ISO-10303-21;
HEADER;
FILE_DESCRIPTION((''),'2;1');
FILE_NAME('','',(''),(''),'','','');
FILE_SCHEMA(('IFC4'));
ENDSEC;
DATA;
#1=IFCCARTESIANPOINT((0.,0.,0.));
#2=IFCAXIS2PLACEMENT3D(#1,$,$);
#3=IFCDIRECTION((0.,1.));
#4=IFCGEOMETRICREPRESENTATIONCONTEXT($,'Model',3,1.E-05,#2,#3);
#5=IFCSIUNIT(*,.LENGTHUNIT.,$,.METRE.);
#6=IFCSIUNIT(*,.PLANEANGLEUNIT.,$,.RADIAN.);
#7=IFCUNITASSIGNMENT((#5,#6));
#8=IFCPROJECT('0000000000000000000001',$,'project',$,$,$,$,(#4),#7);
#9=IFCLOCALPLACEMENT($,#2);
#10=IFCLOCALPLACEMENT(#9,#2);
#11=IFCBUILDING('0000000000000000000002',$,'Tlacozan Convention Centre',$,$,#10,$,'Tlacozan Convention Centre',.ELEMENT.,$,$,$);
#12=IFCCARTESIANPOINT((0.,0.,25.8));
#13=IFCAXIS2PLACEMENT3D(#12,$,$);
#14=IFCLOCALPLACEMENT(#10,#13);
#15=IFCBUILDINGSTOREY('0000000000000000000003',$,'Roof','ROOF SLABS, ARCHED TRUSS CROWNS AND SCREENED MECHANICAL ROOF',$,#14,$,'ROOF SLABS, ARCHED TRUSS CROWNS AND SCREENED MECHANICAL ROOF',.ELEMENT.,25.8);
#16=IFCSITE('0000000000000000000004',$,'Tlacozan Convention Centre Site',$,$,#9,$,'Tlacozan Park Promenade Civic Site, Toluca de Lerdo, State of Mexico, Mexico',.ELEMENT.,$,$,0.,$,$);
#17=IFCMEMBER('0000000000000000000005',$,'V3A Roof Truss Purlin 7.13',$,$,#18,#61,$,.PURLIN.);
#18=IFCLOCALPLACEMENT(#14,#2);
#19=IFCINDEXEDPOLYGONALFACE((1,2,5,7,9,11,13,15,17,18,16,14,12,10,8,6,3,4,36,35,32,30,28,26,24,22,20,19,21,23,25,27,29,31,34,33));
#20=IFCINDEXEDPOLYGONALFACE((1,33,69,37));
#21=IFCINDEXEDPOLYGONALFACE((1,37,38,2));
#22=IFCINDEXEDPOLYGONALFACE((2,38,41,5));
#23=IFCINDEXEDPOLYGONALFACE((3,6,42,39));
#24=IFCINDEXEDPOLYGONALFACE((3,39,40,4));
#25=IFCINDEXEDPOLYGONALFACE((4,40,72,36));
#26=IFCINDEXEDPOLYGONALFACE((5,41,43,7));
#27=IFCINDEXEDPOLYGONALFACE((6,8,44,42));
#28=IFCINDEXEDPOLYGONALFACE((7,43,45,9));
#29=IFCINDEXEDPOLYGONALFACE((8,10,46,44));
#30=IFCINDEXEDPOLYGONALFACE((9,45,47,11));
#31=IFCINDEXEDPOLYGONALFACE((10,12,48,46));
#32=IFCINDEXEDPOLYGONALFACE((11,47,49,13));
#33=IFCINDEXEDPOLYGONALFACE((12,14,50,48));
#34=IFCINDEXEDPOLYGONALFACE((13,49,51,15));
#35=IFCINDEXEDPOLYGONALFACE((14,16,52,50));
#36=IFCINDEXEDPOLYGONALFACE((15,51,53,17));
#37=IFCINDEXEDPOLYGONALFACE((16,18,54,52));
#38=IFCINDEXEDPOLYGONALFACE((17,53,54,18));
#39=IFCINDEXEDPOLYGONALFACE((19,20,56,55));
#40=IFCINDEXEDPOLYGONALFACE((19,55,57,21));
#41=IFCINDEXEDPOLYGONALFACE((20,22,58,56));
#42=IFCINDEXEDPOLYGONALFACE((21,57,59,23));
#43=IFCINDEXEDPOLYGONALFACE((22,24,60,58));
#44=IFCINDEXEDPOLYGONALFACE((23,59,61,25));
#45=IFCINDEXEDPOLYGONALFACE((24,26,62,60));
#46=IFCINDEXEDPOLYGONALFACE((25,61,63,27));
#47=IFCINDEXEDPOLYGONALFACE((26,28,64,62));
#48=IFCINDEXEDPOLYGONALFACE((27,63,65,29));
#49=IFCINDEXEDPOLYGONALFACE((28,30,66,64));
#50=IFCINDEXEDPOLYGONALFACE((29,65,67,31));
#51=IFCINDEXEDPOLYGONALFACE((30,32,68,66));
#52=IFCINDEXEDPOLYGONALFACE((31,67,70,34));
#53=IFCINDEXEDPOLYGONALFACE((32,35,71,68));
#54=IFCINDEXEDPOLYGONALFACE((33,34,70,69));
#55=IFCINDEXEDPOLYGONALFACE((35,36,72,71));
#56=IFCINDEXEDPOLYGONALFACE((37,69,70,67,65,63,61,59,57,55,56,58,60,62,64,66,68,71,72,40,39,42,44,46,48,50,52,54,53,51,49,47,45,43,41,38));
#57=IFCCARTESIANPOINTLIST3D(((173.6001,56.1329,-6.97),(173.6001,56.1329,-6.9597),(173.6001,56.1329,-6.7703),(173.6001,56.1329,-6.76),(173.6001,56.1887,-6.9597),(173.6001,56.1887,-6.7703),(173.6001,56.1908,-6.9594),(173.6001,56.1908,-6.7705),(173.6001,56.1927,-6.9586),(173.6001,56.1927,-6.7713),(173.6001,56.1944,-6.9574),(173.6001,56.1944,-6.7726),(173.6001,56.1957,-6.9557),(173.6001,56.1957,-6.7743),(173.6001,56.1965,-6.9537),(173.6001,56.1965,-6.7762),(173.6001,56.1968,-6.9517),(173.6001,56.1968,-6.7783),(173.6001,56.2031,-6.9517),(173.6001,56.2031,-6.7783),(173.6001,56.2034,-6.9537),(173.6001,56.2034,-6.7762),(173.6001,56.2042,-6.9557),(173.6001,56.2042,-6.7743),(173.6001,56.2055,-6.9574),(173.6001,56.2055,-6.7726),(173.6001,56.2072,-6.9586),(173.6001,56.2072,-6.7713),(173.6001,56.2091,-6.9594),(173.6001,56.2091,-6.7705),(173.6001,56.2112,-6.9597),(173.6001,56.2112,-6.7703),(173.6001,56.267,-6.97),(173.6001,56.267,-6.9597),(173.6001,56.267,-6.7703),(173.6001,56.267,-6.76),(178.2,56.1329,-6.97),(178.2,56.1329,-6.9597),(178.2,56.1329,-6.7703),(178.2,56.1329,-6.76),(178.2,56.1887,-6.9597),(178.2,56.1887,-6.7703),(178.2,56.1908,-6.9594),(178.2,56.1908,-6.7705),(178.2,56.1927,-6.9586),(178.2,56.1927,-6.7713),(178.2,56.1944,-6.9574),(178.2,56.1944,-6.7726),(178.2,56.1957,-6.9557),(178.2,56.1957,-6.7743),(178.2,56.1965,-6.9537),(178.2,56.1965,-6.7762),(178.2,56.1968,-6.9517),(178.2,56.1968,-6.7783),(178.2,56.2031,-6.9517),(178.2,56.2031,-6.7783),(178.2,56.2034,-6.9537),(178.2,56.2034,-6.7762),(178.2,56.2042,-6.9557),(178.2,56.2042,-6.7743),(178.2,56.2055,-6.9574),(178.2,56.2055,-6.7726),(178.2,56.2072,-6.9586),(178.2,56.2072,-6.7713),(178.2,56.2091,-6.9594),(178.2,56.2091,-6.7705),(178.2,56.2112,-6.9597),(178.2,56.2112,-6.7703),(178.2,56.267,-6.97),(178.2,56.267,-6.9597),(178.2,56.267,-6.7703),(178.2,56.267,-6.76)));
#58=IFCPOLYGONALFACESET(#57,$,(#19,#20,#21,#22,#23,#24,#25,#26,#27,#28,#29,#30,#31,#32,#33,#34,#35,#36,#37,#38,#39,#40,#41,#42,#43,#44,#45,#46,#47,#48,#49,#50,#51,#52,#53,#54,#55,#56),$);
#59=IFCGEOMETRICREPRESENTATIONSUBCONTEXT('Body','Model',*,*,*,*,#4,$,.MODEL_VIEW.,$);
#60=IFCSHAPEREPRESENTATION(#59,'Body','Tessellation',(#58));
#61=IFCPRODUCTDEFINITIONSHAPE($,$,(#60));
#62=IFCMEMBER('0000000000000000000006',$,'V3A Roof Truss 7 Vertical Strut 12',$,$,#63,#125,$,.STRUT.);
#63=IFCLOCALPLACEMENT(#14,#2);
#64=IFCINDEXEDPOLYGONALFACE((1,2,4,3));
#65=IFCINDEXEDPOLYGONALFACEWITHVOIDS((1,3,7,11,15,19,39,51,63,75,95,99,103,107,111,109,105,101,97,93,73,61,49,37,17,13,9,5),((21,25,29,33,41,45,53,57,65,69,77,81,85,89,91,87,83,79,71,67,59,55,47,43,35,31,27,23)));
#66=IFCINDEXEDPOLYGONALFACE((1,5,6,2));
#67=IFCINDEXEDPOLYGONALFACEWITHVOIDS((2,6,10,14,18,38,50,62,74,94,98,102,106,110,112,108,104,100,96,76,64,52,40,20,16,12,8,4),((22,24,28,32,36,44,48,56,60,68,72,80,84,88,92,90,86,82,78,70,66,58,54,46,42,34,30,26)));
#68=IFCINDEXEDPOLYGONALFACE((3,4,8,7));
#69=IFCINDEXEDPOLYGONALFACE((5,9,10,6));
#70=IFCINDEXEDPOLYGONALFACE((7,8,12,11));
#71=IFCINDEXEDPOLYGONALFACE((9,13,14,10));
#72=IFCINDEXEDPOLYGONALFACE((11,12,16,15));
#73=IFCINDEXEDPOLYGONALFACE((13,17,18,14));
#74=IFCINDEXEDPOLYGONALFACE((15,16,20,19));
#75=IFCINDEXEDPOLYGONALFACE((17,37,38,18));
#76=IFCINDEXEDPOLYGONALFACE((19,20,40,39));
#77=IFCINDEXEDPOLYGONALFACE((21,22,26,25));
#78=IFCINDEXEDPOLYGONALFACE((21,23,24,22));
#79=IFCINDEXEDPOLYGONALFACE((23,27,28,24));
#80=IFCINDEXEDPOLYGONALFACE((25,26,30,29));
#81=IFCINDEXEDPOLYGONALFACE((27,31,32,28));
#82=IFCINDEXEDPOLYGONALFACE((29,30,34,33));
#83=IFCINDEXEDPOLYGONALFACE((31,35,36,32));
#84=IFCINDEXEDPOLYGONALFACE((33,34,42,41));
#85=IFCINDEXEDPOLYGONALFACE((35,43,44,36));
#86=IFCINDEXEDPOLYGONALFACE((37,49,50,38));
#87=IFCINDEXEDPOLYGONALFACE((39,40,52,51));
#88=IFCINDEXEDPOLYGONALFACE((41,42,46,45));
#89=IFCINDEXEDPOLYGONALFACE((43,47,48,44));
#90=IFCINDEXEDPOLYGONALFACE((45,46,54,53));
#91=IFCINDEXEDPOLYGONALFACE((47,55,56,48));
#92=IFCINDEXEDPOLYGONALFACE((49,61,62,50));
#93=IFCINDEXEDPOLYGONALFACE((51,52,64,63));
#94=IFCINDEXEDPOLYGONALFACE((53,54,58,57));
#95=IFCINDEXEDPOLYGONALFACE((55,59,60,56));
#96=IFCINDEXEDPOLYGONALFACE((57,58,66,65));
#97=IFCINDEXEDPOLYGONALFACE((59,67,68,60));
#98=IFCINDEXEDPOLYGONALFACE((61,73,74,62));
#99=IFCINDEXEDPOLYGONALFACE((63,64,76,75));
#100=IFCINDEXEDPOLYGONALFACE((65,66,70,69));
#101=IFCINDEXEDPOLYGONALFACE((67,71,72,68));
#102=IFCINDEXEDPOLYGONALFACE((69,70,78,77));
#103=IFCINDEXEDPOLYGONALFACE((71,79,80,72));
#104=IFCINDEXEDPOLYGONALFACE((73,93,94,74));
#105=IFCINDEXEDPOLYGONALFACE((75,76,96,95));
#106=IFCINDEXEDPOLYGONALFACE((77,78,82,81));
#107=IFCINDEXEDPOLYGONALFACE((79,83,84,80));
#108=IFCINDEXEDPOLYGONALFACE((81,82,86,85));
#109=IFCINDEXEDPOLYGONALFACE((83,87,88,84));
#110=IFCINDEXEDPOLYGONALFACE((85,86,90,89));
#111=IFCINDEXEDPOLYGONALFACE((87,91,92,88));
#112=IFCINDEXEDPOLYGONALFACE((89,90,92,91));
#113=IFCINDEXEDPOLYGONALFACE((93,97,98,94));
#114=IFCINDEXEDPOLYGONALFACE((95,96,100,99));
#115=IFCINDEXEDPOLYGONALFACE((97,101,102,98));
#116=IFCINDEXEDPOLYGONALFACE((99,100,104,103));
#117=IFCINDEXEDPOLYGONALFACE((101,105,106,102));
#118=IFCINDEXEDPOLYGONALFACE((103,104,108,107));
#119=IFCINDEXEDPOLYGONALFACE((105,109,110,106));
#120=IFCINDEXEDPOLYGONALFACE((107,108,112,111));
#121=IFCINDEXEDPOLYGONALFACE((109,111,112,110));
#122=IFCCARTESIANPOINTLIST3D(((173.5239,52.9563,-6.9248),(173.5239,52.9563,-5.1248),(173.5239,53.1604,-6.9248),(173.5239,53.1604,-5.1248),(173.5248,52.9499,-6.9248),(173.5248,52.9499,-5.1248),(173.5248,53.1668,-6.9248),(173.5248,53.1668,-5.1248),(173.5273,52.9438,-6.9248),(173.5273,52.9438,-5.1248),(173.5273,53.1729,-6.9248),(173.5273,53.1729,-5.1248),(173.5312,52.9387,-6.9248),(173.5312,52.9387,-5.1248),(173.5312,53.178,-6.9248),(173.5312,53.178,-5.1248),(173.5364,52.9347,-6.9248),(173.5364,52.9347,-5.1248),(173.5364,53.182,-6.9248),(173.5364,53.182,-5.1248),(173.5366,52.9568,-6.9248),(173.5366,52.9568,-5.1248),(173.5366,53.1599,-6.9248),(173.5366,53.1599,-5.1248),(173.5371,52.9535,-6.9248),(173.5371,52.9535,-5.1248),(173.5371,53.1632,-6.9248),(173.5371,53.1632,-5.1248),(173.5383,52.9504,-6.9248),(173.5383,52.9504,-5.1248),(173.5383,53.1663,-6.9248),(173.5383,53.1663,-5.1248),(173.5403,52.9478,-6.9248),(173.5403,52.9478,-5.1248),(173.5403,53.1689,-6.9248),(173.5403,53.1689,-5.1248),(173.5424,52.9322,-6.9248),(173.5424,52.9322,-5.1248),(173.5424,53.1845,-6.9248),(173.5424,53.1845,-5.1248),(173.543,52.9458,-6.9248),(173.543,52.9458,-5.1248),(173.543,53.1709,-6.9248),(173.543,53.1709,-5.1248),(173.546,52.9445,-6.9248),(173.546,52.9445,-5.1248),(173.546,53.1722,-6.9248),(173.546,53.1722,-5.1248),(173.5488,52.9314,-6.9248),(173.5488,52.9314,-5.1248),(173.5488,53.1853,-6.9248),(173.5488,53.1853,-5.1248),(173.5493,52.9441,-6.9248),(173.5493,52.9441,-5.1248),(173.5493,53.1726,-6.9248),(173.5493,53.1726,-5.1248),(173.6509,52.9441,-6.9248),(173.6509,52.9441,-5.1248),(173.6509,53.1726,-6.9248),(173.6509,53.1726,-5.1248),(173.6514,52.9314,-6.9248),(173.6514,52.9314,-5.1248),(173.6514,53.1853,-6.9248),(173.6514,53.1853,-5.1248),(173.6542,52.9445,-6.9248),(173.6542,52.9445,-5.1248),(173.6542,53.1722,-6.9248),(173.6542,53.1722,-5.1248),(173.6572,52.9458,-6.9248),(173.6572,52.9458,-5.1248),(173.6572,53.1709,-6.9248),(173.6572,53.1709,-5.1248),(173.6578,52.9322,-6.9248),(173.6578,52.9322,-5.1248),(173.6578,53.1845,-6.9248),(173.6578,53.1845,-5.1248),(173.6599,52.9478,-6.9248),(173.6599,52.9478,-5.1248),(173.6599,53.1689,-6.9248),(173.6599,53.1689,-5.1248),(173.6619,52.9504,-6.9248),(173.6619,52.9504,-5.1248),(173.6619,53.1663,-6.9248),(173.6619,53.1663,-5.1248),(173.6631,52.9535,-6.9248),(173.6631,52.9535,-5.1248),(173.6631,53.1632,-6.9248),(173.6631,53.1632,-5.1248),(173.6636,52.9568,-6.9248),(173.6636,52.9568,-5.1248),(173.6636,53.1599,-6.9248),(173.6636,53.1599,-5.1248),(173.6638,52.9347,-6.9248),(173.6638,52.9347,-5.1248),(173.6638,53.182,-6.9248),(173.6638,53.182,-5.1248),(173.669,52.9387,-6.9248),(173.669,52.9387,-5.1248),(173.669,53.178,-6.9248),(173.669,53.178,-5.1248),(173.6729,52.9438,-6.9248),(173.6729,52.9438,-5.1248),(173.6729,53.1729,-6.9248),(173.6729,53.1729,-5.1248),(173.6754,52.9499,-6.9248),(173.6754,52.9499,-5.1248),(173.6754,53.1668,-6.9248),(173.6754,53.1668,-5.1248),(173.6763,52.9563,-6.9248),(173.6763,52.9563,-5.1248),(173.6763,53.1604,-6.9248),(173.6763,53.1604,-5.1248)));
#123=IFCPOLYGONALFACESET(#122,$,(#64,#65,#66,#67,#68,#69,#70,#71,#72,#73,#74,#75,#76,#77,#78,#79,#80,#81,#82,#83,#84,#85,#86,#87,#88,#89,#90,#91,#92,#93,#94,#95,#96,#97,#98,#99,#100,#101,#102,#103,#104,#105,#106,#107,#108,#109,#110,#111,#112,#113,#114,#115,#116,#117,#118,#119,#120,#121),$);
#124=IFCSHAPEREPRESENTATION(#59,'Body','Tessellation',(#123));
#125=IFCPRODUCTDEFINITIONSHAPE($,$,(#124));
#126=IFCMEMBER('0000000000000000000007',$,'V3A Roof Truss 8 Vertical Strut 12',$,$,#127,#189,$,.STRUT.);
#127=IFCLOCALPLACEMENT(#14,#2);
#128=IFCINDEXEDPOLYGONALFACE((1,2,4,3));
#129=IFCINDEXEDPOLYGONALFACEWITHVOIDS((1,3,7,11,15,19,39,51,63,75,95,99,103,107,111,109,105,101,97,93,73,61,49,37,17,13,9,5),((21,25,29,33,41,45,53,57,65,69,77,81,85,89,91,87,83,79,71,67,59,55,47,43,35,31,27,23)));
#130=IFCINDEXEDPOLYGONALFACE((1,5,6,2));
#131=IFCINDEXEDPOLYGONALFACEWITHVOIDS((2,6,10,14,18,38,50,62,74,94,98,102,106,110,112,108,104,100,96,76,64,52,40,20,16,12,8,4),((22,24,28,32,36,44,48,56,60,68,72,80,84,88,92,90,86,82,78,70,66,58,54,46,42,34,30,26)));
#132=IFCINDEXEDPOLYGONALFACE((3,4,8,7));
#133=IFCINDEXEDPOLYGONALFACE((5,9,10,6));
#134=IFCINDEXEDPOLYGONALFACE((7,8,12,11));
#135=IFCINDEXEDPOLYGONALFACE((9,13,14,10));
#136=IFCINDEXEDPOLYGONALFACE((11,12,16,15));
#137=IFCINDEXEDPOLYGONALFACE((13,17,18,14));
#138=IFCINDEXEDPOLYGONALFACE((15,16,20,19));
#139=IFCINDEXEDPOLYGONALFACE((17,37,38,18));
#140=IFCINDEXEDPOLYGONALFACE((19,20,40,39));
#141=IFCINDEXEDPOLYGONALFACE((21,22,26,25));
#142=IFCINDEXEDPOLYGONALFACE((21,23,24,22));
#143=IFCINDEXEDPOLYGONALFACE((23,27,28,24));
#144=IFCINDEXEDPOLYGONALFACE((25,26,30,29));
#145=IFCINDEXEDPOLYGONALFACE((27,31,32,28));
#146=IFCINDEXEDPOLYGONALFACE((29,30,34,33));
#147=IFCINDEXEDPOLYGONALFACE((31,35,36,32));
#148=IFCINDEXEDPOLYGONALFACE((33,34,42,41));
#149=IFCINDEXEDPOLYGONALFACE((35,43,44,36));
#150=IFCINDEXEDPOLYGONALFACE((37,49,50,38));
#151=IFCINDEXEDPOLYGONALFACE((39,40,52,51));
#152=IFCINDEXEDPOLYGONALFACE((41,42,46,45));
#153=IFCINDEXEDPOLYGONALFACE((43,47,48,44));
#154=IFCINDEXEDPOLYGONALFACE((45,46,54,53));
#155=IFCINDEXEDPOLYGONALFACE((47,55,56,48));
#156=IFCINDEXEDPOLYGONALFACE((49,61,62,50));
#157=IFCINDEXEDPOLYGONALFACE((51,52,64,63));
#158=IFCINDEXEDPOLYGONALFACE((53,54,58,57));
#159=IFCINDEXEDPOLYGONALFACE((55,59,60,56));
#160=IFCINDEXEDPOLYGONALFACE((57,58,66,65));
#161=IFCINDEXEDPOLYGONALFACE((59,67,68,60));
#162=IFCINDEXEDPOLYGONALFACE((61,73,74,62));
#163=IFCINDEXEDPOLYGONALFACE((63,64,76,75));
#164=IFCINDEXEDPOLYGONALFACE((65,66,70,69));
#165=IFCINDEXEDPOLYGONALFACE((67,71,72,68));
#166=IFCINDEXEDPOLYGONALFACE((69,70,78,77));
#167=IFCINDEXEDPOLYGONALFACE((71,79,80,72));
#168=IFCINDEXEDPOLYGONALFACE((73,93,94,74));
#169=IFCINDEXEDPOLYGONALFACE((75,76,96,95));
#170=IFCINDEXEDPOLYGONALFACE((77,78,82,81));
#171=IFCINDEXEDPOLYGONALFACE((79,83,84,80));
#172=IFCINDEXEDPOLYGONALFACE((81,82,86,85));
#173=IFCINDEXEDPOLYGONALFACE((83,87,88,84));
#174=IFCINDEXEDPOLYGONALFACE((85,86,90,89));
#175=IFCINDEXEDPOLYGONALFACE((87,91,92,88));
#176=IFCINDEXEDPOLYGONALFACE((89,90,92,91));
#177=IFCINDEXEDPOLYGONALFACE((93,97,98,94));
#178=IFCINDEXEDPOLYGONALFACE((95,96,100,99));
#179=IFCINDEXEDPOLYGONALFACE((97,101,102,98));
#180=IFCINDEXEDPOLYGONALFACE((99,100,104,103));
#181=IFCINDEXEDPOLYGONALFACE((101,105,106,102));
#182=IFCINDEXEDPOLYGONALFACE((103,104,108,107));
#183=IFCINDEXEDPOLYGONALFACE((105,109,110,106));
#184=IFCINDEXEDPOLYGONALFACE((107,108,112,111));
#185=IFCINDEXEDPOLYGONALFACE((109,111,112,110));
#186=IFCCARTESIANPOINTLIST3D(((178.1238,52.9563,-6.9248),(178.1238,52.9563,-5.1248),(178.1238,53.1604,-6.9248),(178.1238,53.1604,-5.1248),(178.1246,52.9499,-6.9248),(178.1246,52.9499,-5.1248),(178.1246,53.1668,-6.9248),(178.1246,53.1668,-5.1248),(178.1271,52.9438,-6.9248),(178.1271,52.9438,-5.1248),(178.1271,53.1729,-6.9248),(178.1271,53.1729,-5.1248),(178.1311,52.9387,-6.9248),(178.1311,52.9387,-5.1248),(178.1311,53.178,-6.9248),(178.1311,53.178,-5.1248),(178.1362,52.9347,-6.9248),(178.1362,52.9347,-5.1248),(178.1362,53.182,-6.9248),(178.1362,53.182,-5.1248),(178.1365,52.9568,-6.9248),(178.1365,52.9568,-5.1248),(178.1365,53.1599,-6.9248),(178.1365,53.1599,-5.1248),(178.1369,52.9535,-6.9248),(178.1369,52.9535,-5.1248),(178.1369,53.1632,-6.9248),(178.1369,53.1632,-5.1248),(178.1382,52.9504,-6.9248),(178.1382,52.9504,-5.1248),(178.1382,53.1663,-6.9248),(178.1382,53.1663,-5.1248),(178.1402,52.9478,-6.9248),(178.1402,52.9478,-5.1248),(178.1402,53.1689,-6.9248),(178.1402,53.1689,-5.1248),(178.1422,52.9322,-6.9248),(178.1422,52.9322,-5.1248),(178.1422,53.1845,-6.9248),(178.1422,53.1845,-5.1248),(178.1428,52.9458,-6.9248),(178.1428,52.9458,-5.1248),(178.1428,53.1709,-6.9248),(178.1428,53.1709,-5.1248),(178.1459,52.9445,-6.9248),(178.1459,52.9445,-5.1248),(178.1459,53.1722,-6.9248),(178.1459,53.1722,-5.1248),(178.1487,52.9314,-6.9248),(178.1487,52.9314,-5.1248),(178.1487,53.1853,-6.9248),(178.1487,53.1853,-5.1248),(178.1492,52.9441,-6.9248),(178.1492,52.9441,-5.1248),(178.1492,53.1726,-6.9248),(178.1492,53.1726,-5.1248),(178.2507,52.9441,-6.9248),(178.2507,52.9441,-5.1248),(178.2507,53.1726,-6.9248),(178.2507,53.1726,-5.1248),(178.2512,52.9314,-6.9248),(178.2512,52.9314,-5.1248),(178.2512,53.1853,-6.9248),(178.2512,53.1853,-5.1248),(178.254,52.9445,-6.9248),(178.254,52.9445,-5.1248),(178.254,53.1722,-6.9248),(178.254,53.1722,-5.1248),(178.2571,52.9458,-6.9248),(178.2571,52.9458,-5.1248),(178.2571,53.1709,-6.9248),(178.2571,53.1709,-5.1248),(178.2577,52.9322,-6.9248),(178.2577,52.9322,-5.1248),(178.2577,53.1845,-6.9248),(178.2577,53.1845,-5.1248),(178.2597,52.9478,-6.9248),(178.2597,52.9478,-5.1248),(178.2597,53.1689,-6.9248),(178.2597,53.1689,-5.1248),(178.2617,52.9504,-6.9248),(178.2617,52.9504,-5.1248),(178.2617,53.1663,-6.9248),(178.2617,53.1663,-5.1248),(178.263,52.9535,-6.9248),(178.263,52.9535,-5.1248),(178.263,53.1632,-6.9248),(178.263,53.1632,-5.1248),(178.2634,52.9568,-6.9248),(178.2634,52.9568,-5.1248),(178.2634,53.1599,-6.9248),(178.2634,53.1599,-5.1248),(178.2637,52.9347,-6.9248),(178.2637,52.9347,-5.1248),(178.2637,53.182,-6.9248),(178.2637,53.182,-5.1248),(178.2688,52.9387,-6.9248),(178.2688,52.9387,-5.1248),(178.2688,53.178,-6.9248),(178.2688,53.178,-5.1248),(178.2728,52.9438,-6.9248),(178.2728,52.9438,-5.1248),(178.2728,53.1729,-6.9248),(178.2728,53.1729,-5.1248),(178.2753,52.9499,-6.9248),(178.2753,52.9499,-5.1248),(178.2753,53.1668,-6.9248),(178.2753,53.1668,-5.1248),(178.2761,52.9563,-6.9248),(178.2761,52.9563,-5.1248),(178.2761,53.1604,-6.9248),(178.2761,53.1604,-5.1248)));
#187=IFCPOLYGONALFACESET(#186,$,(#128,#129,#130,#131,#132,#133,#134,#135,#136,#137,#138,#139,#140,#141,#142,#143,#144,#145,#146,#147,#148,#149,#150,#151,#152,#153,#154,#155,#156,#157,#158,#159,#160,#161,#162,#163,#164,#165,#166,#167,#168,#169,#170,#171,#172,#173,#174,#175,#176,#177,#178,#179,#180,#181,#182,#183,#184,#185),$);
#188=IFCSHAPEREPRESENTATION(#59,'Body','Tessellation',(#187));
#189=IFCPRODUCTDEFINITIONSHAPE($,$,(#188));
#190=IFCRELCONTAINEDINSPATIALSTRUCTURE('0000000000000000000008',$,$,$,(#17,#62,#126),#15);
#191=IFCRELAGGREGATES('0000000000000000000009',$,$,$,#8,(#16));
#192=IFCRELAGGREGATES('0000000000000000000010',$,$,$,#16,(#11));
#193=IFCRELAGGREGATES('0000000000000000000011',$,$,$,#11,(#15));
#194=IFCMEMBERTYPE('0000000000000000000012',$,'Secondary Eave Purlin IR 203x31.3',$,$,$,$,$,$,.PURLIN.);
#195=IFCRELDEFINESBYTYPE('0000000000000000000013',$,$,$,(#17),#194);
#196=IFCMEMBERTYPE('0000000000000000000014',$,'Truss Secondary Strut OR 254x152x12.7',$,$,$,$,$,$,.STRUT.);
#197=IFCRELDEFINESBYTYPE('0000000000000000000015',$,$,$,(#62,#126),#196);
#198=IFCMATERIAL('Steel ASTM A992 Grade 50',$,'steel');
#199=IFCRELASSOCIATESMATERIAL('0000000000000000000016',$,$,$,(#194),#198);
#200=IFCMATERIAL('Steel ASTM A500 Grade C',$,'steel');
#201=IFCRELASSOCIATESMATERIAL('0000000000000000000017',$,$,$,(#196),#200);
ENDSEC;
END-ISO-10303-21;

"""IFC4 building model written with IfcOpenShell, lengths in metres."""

from ifc_helpers import new_model, si_unit, direction, frame, origin, origin_2d, place, context, subcontext, project, spatial, hollow_rectangle, i_section, extrude, material, material_profile, profile_set, type_object, element, save


model = new_model("IFC4")

# Units and contexts
model_context = context("Model", 3, precision=1e-05, world=origin(), true_north=direction((0.0, 1.0)))
body_context = subcontext(model_context, "Body", "Model", "MODEL_VIEW")
ifc_project = project(units=[si_unit("LENGTHUNIT", "METRE"), si_unit("PLANEANGLEUNIT", "RADIAN")], contexts=[model_context])

# Site, building, storey
site_placement = place(None, origin())
site = spatial("IfcSite", under=ifc_project, at=site_placement, Name="Tlacozan Convention Centre Site", LongName="Tlacozan Park Promenade Civic Site, Toluca de Lerdo, State of Mexico, Mexico", CompositionType="ELEMENT", RefElevation=0.0)
building_placement = place(site_placement, origin())
building = spatial("IfcBuilding", under=site, at=building_placement, Name="Tlacozan Convention Centre", LongName="Tlacozan Convention Centre", CompositionType="ELEMENT")
storey_placement = place(building_placement, frame((0.0, 0.0, 25.8)))
storey = spatial("IfcBuildingStorey", under=building, at=storey_placement, Name="Roof", Description="ROOF SLABS, ARCHED TRUSS CROWNS AND SCREENED MECHANICAL ROOF", LongName="ROOF SLABS, ARCHED TRUSS CROWNS AND SCREENED MECHANICAL ROOF", CompositionType="ELEMENT", Elevation=25.8)

# Members
ifc_material_1 = material(Name="Steel ASTM A500 Grade C", Category="steel")
ifc_material_2 = material(Name="Steel ASTM A992 Grade 50", Category="steel")
ifc_material_profile_1 = material_profile(ifc_material_2, i_section(OverallWidth=0.134, OverallDepth=0.21, WebThickness=0.0063, FlangeThickness=0.0103, FilletRadius=0.0081, at=origin_2d()), Name="IR 203x31.3")
ifc_profile_set_1 = profile_set([ifc_material_profile_1], Name="Steel ASTM A992 Grade 50")
member_type_1 = type_object("IfcMemberType", Name="Secondary Eave Purlin IR 203x31.3", PredefinedType="PURLIN", material=ifc_profile_set_1)
member_1_placement = place(storey_placement, frame((173.6001, 56.2, -6.865), z_axis=(1.0, 0.0, 0.0), x_axis=(0.0, 1.0, 0.0)))
element("IfcMember", 1, at=member_1_placement, inside=storey, type_object=member_type_1, Name="V3A Roof Truss Purlin 7.13", PredefinedType="PURLIN", context=body_context, shape_type="SweptSolid", body=[
    extrude(i_section(OverallWidth=0.134, OverallDepth=0.21, WebThickness=0.0063, FlangeThickness=0.0103, FilletRadius=0.0081, at=origin_2d()), origin(), (0.0, 0.0, 1.0), 4.5999),
])
ifc_material_profile_2 = material_profile(ifc_material_1, hollow_rectangle(XDim=0.1523, YDim=0.2539, WallThickness=0.0127, InnerFilletRadius=0.0127, OuterFilletRadius=0.0249, at=origin_2d()), Name="OR 254x152x12.7")
ifc_profile_set_2 = profile_set([ifc_material_profile_2], Name="Steel ASTM A500 Grade C")
member_type_2 = type_object("IfcMemberType", Name="Truss Secondary Strut OR 254x152x12.7", PredefinedType="STRUT", material=ifc_profile_set_2)
for number, where, z_axis, x_axis, name in (
    (2, (173.6001, 53.0583, -6.9248), (0.0, 0.0, 1.0), (1.0, 0.0, 0.0), "V3A Roof Truss 7 Vertical Strut 12"),
    (3, (178.2, 53.0583, -6.9248), (0.0, 0.0, 1.0), (1.0, 0.0, 0.0), "V3A Roof Truss 8 Vertical Strut 12"),
):
    element("IfcMember", number, at=place(storey_placement, frame(where, z_axis=z_axis, x_axis=x_axis)), inside=storey, type_object=member_type_2, Name=name, PredefinedType="STRUT", context=body_context, shape_type="SweptSolid", body=[
        extrude(hollow_rectangle(XDim=0.1523, YDim=0.2539, WallThickness=0.0127, InnerFilletRadius=0.0127, OuterFilletRadius=0.0249, at=origin_2d()), origin(), (0.0, 0.0, 1.0), 1.8),
    ])

save(model, "model.ifc")
